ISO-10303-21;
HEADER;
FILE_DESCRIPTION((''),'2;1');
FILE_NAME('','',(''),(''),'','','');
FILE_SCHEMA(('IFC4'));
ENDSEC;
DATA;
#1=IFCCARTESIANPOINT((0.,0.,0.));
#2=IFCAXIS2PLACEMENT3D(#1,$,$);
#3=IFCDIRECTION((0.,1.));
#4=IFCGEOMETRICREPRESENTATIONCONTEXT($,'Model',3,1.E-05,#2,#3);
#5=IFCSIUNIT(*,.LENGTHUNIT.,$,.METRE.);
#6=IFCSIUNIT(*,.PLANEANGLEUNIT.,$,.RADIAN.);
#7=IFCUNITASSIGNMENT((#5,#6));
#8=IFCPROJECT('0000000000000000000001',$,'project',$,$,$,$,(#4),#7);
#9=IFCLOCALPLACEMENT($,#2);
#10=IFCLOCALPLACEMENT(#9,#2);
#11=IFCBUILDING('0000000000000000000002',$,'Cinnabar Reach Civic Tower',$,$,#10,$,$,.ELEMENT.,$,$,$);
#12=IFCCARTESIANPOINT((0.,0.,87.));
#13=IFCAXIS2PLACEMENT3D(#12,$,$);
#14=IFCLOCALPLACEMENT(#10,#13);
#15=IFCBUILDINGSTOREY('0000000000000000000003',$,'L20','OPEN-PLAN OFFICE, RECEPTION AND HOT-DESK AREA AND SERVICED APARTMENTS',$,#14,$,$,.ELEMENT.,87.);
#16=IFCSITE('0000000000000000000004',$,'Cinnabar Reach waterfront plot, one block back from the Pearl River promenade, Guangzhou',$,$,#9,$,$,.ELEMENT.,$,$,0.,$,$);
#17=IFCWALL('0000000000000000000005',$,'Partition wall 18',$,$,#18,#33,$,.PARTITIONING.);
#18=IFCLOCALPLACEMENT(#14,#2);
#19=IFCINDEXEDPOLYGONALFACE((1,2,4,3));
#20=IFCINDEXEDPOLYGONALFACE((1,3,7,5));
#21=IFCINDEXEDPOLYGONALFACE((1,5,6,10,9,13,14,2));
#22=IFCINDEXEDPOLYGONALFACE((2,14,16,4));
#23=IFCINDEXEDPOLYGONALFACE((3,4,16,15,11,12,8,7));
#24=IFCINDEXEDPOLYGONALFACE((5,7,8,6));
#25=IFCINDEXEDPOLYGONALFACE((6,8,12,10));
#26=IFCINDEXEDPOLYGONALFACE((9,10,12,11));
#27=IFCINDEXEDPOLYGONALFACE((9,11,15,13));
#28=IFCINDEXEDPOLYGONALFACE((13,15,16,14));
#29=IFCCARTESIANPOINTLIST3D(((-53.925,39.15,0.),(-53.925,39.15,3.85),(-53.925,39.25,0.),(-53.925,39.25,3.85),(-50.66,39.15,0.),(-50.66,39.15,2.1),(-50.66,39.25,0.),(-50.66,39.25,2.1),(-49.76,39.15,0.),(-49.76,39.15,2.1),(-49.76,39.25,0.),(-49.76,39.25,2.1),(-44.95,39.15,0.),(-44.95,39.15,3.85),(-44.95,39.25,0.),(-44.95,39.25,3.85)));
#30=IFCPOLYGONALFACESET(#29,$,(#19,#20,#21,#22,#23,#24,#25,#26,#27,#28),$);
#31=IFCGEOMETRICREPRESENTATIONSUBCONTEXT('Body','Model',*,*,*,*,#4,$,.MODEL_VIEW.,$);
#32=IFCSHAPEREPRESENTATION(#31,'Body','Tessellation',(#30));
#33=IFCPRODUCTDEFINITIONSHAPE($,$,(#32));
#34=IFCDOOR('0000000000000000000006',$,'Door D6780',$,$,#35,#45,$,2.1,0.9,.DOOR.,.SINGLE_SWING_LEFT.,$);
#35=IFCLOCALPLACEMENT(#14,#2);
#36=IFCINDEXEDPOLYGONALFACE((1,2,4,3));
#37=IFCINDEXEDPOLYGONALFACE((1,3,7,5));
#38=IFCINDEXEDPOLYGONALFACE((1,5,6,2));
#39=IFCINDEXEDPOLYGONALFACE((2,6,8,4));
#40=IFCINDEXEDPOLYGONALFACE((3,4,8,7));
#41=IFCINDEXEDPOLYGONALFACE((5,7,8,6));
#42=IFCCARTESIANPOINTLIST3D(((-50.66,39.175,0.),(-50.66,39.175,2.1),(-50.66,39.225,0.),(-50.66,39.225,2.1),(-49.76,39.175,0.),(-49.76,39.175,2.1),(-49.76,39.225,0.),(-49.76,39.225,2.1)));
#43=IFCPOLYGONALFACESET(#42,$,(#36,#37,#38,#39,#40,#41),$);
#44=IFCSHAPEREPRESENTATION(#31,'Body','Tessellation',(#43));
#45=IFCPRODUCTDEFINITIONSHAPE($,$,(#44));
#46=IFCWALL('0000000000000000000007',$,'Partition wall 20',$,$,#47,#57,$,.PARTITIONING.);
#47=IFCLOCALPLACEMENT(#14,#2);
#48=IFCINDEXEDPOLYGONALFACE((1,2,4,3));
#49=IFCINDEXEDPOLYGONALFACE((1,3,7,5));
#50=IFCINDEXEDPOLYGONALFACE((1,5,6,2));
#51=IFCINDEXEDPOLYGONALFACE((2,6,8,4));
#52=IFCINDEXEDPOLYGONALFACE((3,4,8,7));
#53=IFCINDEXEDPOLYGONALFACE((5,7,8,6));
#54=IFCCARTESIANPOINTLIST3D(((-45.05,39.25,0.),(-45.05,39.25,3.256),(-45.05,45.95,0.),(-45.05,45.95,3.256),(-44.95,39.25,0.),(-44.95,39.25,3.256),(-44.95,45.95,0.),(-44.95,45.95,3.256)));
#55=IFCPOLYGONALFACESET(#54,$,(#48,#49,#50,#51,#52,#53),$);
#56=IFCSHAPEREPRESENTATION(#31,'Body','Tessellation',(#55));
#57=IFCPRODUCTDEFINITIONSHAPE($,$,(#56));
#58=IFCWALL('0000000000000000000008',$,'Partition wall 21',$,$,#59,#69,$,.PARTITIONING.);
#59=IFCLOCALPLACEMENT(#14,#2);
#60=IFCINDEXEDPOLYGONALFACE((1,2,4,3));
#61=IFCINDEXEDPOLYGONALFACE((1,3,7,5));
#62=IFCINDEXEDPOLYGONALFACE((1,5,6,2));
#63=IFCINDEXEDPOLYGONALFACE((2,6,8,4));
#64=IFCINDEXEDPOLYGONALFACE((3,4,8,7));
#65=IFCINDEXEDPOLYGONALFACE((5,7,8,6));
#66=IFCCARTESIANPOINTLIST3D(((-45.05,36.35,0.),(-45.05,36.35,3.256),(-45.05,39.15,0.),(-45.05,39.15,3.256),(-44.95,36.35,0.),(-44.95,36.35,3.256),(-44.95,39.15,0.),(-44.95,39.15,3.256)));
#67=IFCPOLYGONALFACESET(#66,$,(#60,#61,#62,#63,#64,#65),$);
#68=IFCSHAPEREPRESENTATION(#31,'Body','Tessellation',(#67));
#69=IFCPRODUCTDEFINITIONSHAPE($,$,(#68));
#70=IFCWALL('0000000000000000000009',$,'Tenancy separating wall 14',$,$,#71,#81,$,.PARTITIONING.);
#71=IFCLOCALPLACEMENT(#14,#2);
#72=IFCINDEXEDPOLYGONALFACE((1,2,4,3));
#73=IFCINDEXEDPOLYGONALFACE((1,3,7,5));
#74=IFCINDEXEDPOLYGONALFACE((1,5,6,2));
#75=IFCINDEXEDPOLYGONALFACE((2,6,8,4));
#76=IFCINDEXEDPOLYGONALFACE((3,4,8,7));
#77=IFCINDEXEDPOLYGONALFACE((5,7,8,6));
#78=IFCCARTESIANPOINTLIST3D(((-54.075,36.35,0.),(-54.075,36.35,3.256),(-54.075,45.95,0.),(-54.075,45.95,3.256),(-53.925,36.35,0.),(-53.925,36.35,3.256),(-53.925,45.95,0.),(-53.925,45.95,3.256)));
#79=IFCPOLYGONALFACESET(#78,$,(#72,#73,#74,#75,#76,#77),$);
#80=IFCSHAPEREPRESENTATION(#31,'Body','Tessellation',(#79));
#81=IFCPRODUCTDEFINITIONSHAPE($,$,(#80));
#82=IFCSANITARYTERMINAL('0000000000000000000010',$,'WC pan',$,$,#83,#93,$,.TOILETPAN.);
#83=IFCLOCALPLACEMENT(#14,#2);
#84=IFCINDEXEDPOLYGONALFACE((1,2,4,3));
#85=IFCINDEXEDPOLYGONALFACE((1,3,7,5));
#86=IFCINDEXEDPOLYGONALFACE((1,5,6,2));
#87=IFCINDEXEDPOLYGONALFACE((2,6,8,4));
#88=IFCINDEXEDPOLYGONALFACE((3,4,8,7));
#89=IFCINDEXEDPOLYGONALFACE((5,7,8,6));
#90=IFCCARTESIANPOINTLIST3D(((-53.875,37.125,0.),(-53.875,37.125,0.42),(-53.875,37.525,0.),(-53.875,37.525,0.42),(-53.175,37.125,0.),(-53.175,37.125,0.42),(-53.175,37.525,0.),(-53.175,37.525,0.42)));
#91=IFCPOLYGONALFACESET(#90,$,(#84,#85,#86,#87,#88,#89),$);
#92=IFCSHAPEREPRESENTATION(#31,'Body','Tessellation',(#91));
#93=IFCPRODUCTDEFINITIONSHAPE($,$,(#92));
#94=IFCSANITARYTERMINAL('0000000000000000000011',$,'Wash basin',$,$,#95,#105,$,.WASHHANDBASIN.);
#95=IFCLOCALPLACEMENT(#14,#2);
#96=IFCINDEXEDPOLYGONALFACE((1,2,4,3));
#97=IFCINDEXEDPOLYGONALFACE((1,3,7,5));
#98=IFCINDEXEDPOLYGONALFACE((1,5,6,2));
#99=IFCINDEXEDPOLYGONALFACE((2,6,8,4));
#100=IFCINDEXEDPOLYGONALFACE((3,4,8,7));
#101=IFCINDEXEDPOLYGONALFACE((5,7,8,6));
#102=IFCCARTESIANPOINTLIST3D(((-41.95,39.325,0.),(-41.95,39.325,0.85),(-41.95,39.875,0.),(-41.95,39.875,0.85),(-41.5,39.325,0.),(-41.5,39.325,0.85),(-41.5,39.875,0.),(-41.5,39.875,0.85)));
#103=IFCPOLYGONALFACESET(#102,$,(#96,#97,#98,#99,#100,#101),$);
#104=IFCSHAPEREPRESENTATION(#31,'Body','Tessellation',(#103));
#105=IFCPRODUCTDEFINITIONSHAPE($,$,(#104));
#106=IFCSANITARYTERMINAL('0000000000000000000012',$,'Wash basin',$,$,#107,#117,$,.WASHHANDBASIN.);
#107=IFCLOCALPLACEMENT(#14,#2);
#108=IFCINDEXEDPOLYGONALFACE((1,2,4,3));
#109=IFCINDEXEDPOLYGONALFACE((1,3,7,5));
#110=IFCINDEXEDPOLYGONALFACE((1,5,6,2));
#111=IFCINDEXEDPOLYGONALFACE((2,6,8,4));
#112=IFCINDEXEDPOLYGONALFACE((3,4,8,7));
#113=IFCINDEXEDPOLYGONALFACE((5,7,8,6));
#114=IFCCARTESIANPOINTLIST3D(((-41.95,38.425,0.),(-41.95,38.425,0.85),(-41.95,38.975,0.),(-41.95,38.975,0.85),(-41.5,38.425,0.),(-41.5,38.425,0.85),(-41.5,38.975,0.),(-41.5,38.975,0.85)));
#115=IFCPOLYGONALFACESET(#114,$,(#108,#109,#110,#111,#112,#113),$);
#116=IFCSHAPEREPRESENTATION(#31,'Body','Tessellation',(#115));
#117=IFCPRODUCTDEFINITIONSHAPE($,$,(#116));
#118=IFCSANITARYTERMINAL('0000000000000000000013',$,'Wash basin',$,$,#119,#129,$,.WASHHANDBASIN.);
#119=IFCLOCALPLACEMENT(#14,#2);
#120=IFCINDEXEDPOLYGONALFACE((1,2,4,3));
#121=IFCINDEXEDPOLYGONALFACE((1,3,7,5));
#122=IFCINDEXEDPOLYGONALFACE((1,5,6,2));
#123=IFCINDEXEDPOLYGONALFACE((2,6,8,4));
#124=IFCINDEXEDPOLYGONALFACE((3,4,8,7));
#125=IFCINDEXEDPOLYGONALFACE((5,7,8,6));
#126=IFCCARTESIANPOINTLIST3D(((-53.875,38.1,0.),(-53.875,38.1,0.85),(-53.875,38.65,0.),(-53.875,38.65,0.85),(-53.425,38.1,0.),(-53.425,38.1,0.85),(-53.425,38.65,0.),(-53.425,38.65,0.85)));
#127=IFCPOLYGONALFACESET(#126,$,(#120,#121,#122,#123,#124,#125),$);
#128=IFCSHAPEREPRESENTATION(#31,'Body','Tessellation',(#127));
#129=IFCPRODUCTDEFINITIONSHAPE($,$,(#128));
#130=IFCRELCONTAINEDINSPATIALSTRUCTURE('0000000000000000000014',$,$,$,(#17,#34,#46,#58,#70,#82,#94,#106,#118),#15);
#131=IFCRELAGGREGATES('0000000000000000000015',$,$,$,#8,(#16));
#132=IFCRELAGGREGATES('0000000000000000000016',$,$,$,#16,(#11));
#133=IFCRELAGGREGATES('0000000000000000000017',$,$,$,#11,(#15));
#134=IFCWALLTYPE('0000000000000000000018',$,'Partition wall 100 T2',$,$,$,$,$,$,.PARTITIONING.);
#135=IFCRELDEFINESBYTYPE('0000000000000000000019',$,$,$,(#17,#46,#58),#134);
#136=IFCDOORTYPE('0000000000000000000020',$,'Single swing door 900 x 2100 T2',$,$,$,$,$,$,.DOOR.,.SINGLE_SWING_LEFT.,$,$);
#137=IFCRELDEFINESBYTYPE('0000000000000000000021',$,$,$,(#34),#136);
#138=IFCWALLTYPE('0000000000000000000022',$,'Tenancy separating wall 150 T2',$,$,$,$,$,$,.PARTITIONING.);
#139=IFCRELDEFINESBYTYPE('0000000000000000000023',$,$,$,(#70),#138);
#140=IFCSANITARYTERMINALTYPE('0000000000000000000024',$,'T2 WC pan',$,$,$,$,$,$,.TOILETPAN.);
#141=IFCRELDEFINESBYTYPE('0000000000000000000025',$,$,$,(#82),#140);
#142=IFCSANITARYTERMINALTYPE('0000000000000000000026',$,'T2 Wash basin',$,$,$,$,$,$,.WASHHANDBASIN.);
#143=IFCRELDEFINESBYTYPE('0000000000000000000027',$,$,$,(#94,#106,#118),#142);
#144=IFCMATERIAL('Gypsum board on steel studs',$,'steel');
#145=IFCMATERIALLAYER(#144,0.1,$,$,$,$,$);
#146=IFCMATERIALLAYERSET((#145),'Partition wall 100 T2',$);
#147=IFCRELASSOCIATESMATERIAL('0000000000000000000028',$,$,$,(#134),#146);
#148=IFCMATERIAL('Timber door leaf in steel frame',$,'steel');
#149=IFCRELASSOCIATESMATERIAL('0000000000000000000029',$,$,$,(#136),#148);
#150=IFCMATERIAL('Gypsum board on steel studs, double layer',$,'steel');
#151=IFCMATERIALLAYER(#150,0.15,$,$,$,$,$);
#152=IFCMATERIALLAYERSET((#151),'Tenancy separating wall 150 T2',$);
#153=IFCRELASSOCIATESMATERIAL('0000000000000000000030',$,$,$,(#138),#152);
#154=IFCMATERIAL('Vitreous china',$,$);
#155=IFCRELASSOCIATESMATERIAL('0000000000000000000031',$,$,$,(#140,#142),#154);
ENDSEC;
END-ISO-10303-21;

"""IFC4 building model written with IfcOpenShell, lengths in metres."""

from ifc_helpers import new_model, si_unit, direction, frame, frame_2d, origin, origin_2d, place, context, subcontext, project, spatial, rectangle, extrude, material, layer, layer_set, type_object, element, fill, save


model = new_model("IFC4")

# Units and contexts
model_context = context("Model", 3, precision=1e-05, world=origin(), true_north=direction((0.0, 1.0)))
body_context = subcontext(model_context, "Body", "Model", "MODEL_VIEW")
ifc_project = project(units=[si_unit("LENGTHUNIT", "METRE"), si_unit("PLANEANGLEUNIT", "RADIAN")], contexts=[model_context])

# Site, building, storey
site_placement = place(None, origin())
site = spatial("IfcSite", under=ifc_project, at=site_placement, Name="Cinnabar Reach waterfront plot, one block back from the Pearl River promenade, Guangzhou", CompositionType="ELEMENT", RefElevation=0.0)
building_placement = place(site_placement, origin())
building = spatial("IfcBuilding", under=site, at=building_placement, Name="Cinnabar Reach Civic Tower", CompositionType="ELEMENT")
storey_placement = place(building_placement, frame((0.0, 0.0, 87.0)))
storey = spatial("IfcBuildingStorey", under=building, at=storey_placement, Name="L20", Description="OPEN-PLAN OFFICE, RECEPTION AND HOT-DESK AREA AND SERVICED APARTMENTS", CompositionType="ELEMENT", Elevation=87.0)

# Wall, opening, door
ifc_material_1 = material(Name="Gypsum board on steel studs", Category="steel")
ifc_layer_1 = layer(ifc_material_1, 0.1)
ifc_layer_set_1 = layer_set([ifc_layer_1], Name="Partition wall 100 T2")
wall_type_1 = type_object("IfcWallType", Name="Partition wall 100 T2", PredefinedType="PARTITIONING", material=ifc_layer_set_1)
wall_1_placement = place(storey_placement, frame((-53.925, 39.2, 0.0), z_axis=(0.0, 0.0, 1.0), x_axis=(1.0, 0.0, 0.0)))
wall_1 = element("IfcWall", 1, at=wall_1_placement, inside=storey, type_object=wall_type_1, Name="Partition wall 18", PredefinedType="PARTITIONING", context=body_context, shape_type="SweptSolid", body=[
    extrude(rectangle(XDim=8.975, YDim=0.1, at=frame_2d((4.4875, 0.0))), origin(), (0.0, 0.0, 1.0), 3.85),
])
opening_1_placement = place(wall_1_placement, frame((3.265, 0.0, 0.0)))
opening_1 = element("IfcOpeningElement", 2, at=opening_1_placement, cuts=wall_1, PredefinedType="OPENING", context=body_context, shape_type="SweptSolid", body=[
    extrude(rectangle(XDim=0.9, YDim=2.1, at=frame_2d((0.45, 1.05))), frame((0.0, 0.06, 0.0), z_axis=(0.0, -1.0, 0.0), x_axis=(1.0, 0.0, 0.0)), (0.0, 0.0, 1.0), 0.12),
])
ifc_material_2 = material(Name="Timber door leaf in steel frame", Category="steel")
door_type_1 = type_object("IfcDoorType", Name="Single swing door 900 x 2100 T2", OperationType="SINGLE_SWING_LEFT", PredefinedType="DOOR", material=ifc_material_2)
door_1_placement = place(opening_1_placement, frame((0.9, 0.0, 0.0), z_axis=(0.0, 0.0, 1.0), x_axis=(-1.0, 0.0, 0.0)))
door_1 = element("IfcDoor", 3, at=door_1_placement, inside=storey, type_object=door_type_1, Name="Door D6780", OperationType="SINGLE_SWING_LEFT", OverallHeight=2.1, OverallWidth=0.9, PredefinedType="DOOR", context=body_context, shape_type="SweptSolid", body=[
    extrude(rectangle(XDim=0.9, YDim=2.1, at=frame_2d((0.45, 1.05))), frame((0.0, 0.025, 0.0), z_axis=(0.0, -1.0, 0.0), x_axis=(1.0, 0.0, 0.0)), (0.0, 0.0, 1.0), 0.05),
])
fill(opening_1, door_1)

# Walls
wall_2_placement = place(storey_placement, frame((-45.0, 39.25, 0.0), z_axis=(0.0, 0.0, 1.0), x_axis=(0.0, 1.0, 0.0)))
element("IfcWall", 4, at=wall_2_placement, inside=storey, type_object=wall_type_1, Name="Partition wall 20", PredefinedType="PARTITIONING", context=body_context, shape_type="SweptSolid", body=[
    extrude(rectangle(XDim=6.7, YDim=0.1, at=frame_2d((3.35, 0.0))), origin(), (0.0, 0.0, 1.0), 3.256),
])
wall_3_placement = place(storey_placement, frame((-45.0, 36.35, 0.0), z_axis=(0.0, 0.0, 1.0), x_axis=(0.0, 1.0, 0.0)))
element("IfcWall", 5, at=wall_3_placement, inside=storey, type_object=wall_type_1, Name="Partition wall 21", PredefinedType="PARTITIONING", context=body_context, shape_type="SweptSolid", body=[
    extrude(rectangle(XDim=2.8, YDim=0.1, at=frame_2d((1.4, 0.0))), origin(), (0.0, 0.0, 1.0), 3.256),
])
ifc_material_3 = material(Name="Gypsum board on steel studs, double layer", Category="steel")
ifc_layer_2 = layer(ifc_material_3, 0.15)
ifc_layer_set_2 = layer_set([ifc_layer_2], Name="Tenancy separating wall 150 T2")
wall_type_2 = type_object("IfcWallType", Name="Tenancy separating wall 150 T2", PredefinedType="PARTITIONING", material=ifc_layer_set_2)
wall_4_placement = place(storey_placement, frame((-54.0, 36.35, 0.0), z_axis=(0.0, 0.0, 1.0), x_axis=(0.0, 1.0, 0.0)))
element("IfcWall", 6, at=wall_4_placement, inside=storey, type_object=wall_type_2, Name="Tenancy separating wall 14", PredefinedType="PARTITIONING", context=body_context, shape_type="SweptSolid", body=[
    extrude(rectangle(XDim=9.6, YDim=0.15, at=frame_2d((4.8, 0.0))), origin(), (0.0, 0.0, 1.0), 3.256),
])

# Sanitary terminals
ifc_material_4 = material(Name="Vitreous china")
sanitary_terminal_type_1 = type_object("IfcSanitaryTerminalType", Name="T2 WC pan", PredefinedType="TOILETPAN", material=ifc_material_4)
sanitary_terminal_placement = place(storey_placement, frame((-53.525, 37.325, 0.0), z_axis=(0.0, 0.0, 1.0), x_axis=(1.0, 0.0, 0.0)))
element("IfcSanitaryTerminal", 7, at=sanitary_terminal_placement, inside=storey, type_object=sanitary_terminal_type_1, Name="WC pan", PredefinedType="TOILETPAN", context=body_context, shape_type="SweptSolid", body=[
    extrude(rectangle(XDim=0.7, YDim=0.4, at=origin_2d()), origin(), (0.0, 0.0, 1.0), 0.42),
])
sanitary_terminal_type_2 = type_object("IfcSanitaryTerminalType", Name="T2 Wash basin", PredefinedType="WASHHANDBASIN", material=ifc_material_4)
for number, where, z_axis, x_axis, name in (
    (8, (-41.725, 39.6, 0.0), (0.0, 0.0, 1.0), (1.0, 0.0, 0.0), "Wash basin"),
    (9, (-41.725, 38.7, 0.0), (0.0, 0.0, 1.0), (1.0, 0.0, 0.0), "Wash basin"),
    (10, (-53.65, 38.375, 0.0), (0.0, 0.0, 1.0), (1.0, 0.0, 0.0), "Wash basin"),
):
    element("IfcSanitaryTerminal", number, at=place(storey_placement, frame(where, z_axis=z_axis, x_axis=x_axis)), inside=storey, type_object=sanitary_terminal_type_2, Name=name, PredefinedType="WASHHANDBASIN", context=body_context, shape_type="SweptSolid", body=[
        extrude(rectangle(XDim=0.45, YDim=0.55, at=origin_2d()), origin(), (0.0, 0.0, 1.0), 0.85),
    ])

save(model, "model.ifc")
